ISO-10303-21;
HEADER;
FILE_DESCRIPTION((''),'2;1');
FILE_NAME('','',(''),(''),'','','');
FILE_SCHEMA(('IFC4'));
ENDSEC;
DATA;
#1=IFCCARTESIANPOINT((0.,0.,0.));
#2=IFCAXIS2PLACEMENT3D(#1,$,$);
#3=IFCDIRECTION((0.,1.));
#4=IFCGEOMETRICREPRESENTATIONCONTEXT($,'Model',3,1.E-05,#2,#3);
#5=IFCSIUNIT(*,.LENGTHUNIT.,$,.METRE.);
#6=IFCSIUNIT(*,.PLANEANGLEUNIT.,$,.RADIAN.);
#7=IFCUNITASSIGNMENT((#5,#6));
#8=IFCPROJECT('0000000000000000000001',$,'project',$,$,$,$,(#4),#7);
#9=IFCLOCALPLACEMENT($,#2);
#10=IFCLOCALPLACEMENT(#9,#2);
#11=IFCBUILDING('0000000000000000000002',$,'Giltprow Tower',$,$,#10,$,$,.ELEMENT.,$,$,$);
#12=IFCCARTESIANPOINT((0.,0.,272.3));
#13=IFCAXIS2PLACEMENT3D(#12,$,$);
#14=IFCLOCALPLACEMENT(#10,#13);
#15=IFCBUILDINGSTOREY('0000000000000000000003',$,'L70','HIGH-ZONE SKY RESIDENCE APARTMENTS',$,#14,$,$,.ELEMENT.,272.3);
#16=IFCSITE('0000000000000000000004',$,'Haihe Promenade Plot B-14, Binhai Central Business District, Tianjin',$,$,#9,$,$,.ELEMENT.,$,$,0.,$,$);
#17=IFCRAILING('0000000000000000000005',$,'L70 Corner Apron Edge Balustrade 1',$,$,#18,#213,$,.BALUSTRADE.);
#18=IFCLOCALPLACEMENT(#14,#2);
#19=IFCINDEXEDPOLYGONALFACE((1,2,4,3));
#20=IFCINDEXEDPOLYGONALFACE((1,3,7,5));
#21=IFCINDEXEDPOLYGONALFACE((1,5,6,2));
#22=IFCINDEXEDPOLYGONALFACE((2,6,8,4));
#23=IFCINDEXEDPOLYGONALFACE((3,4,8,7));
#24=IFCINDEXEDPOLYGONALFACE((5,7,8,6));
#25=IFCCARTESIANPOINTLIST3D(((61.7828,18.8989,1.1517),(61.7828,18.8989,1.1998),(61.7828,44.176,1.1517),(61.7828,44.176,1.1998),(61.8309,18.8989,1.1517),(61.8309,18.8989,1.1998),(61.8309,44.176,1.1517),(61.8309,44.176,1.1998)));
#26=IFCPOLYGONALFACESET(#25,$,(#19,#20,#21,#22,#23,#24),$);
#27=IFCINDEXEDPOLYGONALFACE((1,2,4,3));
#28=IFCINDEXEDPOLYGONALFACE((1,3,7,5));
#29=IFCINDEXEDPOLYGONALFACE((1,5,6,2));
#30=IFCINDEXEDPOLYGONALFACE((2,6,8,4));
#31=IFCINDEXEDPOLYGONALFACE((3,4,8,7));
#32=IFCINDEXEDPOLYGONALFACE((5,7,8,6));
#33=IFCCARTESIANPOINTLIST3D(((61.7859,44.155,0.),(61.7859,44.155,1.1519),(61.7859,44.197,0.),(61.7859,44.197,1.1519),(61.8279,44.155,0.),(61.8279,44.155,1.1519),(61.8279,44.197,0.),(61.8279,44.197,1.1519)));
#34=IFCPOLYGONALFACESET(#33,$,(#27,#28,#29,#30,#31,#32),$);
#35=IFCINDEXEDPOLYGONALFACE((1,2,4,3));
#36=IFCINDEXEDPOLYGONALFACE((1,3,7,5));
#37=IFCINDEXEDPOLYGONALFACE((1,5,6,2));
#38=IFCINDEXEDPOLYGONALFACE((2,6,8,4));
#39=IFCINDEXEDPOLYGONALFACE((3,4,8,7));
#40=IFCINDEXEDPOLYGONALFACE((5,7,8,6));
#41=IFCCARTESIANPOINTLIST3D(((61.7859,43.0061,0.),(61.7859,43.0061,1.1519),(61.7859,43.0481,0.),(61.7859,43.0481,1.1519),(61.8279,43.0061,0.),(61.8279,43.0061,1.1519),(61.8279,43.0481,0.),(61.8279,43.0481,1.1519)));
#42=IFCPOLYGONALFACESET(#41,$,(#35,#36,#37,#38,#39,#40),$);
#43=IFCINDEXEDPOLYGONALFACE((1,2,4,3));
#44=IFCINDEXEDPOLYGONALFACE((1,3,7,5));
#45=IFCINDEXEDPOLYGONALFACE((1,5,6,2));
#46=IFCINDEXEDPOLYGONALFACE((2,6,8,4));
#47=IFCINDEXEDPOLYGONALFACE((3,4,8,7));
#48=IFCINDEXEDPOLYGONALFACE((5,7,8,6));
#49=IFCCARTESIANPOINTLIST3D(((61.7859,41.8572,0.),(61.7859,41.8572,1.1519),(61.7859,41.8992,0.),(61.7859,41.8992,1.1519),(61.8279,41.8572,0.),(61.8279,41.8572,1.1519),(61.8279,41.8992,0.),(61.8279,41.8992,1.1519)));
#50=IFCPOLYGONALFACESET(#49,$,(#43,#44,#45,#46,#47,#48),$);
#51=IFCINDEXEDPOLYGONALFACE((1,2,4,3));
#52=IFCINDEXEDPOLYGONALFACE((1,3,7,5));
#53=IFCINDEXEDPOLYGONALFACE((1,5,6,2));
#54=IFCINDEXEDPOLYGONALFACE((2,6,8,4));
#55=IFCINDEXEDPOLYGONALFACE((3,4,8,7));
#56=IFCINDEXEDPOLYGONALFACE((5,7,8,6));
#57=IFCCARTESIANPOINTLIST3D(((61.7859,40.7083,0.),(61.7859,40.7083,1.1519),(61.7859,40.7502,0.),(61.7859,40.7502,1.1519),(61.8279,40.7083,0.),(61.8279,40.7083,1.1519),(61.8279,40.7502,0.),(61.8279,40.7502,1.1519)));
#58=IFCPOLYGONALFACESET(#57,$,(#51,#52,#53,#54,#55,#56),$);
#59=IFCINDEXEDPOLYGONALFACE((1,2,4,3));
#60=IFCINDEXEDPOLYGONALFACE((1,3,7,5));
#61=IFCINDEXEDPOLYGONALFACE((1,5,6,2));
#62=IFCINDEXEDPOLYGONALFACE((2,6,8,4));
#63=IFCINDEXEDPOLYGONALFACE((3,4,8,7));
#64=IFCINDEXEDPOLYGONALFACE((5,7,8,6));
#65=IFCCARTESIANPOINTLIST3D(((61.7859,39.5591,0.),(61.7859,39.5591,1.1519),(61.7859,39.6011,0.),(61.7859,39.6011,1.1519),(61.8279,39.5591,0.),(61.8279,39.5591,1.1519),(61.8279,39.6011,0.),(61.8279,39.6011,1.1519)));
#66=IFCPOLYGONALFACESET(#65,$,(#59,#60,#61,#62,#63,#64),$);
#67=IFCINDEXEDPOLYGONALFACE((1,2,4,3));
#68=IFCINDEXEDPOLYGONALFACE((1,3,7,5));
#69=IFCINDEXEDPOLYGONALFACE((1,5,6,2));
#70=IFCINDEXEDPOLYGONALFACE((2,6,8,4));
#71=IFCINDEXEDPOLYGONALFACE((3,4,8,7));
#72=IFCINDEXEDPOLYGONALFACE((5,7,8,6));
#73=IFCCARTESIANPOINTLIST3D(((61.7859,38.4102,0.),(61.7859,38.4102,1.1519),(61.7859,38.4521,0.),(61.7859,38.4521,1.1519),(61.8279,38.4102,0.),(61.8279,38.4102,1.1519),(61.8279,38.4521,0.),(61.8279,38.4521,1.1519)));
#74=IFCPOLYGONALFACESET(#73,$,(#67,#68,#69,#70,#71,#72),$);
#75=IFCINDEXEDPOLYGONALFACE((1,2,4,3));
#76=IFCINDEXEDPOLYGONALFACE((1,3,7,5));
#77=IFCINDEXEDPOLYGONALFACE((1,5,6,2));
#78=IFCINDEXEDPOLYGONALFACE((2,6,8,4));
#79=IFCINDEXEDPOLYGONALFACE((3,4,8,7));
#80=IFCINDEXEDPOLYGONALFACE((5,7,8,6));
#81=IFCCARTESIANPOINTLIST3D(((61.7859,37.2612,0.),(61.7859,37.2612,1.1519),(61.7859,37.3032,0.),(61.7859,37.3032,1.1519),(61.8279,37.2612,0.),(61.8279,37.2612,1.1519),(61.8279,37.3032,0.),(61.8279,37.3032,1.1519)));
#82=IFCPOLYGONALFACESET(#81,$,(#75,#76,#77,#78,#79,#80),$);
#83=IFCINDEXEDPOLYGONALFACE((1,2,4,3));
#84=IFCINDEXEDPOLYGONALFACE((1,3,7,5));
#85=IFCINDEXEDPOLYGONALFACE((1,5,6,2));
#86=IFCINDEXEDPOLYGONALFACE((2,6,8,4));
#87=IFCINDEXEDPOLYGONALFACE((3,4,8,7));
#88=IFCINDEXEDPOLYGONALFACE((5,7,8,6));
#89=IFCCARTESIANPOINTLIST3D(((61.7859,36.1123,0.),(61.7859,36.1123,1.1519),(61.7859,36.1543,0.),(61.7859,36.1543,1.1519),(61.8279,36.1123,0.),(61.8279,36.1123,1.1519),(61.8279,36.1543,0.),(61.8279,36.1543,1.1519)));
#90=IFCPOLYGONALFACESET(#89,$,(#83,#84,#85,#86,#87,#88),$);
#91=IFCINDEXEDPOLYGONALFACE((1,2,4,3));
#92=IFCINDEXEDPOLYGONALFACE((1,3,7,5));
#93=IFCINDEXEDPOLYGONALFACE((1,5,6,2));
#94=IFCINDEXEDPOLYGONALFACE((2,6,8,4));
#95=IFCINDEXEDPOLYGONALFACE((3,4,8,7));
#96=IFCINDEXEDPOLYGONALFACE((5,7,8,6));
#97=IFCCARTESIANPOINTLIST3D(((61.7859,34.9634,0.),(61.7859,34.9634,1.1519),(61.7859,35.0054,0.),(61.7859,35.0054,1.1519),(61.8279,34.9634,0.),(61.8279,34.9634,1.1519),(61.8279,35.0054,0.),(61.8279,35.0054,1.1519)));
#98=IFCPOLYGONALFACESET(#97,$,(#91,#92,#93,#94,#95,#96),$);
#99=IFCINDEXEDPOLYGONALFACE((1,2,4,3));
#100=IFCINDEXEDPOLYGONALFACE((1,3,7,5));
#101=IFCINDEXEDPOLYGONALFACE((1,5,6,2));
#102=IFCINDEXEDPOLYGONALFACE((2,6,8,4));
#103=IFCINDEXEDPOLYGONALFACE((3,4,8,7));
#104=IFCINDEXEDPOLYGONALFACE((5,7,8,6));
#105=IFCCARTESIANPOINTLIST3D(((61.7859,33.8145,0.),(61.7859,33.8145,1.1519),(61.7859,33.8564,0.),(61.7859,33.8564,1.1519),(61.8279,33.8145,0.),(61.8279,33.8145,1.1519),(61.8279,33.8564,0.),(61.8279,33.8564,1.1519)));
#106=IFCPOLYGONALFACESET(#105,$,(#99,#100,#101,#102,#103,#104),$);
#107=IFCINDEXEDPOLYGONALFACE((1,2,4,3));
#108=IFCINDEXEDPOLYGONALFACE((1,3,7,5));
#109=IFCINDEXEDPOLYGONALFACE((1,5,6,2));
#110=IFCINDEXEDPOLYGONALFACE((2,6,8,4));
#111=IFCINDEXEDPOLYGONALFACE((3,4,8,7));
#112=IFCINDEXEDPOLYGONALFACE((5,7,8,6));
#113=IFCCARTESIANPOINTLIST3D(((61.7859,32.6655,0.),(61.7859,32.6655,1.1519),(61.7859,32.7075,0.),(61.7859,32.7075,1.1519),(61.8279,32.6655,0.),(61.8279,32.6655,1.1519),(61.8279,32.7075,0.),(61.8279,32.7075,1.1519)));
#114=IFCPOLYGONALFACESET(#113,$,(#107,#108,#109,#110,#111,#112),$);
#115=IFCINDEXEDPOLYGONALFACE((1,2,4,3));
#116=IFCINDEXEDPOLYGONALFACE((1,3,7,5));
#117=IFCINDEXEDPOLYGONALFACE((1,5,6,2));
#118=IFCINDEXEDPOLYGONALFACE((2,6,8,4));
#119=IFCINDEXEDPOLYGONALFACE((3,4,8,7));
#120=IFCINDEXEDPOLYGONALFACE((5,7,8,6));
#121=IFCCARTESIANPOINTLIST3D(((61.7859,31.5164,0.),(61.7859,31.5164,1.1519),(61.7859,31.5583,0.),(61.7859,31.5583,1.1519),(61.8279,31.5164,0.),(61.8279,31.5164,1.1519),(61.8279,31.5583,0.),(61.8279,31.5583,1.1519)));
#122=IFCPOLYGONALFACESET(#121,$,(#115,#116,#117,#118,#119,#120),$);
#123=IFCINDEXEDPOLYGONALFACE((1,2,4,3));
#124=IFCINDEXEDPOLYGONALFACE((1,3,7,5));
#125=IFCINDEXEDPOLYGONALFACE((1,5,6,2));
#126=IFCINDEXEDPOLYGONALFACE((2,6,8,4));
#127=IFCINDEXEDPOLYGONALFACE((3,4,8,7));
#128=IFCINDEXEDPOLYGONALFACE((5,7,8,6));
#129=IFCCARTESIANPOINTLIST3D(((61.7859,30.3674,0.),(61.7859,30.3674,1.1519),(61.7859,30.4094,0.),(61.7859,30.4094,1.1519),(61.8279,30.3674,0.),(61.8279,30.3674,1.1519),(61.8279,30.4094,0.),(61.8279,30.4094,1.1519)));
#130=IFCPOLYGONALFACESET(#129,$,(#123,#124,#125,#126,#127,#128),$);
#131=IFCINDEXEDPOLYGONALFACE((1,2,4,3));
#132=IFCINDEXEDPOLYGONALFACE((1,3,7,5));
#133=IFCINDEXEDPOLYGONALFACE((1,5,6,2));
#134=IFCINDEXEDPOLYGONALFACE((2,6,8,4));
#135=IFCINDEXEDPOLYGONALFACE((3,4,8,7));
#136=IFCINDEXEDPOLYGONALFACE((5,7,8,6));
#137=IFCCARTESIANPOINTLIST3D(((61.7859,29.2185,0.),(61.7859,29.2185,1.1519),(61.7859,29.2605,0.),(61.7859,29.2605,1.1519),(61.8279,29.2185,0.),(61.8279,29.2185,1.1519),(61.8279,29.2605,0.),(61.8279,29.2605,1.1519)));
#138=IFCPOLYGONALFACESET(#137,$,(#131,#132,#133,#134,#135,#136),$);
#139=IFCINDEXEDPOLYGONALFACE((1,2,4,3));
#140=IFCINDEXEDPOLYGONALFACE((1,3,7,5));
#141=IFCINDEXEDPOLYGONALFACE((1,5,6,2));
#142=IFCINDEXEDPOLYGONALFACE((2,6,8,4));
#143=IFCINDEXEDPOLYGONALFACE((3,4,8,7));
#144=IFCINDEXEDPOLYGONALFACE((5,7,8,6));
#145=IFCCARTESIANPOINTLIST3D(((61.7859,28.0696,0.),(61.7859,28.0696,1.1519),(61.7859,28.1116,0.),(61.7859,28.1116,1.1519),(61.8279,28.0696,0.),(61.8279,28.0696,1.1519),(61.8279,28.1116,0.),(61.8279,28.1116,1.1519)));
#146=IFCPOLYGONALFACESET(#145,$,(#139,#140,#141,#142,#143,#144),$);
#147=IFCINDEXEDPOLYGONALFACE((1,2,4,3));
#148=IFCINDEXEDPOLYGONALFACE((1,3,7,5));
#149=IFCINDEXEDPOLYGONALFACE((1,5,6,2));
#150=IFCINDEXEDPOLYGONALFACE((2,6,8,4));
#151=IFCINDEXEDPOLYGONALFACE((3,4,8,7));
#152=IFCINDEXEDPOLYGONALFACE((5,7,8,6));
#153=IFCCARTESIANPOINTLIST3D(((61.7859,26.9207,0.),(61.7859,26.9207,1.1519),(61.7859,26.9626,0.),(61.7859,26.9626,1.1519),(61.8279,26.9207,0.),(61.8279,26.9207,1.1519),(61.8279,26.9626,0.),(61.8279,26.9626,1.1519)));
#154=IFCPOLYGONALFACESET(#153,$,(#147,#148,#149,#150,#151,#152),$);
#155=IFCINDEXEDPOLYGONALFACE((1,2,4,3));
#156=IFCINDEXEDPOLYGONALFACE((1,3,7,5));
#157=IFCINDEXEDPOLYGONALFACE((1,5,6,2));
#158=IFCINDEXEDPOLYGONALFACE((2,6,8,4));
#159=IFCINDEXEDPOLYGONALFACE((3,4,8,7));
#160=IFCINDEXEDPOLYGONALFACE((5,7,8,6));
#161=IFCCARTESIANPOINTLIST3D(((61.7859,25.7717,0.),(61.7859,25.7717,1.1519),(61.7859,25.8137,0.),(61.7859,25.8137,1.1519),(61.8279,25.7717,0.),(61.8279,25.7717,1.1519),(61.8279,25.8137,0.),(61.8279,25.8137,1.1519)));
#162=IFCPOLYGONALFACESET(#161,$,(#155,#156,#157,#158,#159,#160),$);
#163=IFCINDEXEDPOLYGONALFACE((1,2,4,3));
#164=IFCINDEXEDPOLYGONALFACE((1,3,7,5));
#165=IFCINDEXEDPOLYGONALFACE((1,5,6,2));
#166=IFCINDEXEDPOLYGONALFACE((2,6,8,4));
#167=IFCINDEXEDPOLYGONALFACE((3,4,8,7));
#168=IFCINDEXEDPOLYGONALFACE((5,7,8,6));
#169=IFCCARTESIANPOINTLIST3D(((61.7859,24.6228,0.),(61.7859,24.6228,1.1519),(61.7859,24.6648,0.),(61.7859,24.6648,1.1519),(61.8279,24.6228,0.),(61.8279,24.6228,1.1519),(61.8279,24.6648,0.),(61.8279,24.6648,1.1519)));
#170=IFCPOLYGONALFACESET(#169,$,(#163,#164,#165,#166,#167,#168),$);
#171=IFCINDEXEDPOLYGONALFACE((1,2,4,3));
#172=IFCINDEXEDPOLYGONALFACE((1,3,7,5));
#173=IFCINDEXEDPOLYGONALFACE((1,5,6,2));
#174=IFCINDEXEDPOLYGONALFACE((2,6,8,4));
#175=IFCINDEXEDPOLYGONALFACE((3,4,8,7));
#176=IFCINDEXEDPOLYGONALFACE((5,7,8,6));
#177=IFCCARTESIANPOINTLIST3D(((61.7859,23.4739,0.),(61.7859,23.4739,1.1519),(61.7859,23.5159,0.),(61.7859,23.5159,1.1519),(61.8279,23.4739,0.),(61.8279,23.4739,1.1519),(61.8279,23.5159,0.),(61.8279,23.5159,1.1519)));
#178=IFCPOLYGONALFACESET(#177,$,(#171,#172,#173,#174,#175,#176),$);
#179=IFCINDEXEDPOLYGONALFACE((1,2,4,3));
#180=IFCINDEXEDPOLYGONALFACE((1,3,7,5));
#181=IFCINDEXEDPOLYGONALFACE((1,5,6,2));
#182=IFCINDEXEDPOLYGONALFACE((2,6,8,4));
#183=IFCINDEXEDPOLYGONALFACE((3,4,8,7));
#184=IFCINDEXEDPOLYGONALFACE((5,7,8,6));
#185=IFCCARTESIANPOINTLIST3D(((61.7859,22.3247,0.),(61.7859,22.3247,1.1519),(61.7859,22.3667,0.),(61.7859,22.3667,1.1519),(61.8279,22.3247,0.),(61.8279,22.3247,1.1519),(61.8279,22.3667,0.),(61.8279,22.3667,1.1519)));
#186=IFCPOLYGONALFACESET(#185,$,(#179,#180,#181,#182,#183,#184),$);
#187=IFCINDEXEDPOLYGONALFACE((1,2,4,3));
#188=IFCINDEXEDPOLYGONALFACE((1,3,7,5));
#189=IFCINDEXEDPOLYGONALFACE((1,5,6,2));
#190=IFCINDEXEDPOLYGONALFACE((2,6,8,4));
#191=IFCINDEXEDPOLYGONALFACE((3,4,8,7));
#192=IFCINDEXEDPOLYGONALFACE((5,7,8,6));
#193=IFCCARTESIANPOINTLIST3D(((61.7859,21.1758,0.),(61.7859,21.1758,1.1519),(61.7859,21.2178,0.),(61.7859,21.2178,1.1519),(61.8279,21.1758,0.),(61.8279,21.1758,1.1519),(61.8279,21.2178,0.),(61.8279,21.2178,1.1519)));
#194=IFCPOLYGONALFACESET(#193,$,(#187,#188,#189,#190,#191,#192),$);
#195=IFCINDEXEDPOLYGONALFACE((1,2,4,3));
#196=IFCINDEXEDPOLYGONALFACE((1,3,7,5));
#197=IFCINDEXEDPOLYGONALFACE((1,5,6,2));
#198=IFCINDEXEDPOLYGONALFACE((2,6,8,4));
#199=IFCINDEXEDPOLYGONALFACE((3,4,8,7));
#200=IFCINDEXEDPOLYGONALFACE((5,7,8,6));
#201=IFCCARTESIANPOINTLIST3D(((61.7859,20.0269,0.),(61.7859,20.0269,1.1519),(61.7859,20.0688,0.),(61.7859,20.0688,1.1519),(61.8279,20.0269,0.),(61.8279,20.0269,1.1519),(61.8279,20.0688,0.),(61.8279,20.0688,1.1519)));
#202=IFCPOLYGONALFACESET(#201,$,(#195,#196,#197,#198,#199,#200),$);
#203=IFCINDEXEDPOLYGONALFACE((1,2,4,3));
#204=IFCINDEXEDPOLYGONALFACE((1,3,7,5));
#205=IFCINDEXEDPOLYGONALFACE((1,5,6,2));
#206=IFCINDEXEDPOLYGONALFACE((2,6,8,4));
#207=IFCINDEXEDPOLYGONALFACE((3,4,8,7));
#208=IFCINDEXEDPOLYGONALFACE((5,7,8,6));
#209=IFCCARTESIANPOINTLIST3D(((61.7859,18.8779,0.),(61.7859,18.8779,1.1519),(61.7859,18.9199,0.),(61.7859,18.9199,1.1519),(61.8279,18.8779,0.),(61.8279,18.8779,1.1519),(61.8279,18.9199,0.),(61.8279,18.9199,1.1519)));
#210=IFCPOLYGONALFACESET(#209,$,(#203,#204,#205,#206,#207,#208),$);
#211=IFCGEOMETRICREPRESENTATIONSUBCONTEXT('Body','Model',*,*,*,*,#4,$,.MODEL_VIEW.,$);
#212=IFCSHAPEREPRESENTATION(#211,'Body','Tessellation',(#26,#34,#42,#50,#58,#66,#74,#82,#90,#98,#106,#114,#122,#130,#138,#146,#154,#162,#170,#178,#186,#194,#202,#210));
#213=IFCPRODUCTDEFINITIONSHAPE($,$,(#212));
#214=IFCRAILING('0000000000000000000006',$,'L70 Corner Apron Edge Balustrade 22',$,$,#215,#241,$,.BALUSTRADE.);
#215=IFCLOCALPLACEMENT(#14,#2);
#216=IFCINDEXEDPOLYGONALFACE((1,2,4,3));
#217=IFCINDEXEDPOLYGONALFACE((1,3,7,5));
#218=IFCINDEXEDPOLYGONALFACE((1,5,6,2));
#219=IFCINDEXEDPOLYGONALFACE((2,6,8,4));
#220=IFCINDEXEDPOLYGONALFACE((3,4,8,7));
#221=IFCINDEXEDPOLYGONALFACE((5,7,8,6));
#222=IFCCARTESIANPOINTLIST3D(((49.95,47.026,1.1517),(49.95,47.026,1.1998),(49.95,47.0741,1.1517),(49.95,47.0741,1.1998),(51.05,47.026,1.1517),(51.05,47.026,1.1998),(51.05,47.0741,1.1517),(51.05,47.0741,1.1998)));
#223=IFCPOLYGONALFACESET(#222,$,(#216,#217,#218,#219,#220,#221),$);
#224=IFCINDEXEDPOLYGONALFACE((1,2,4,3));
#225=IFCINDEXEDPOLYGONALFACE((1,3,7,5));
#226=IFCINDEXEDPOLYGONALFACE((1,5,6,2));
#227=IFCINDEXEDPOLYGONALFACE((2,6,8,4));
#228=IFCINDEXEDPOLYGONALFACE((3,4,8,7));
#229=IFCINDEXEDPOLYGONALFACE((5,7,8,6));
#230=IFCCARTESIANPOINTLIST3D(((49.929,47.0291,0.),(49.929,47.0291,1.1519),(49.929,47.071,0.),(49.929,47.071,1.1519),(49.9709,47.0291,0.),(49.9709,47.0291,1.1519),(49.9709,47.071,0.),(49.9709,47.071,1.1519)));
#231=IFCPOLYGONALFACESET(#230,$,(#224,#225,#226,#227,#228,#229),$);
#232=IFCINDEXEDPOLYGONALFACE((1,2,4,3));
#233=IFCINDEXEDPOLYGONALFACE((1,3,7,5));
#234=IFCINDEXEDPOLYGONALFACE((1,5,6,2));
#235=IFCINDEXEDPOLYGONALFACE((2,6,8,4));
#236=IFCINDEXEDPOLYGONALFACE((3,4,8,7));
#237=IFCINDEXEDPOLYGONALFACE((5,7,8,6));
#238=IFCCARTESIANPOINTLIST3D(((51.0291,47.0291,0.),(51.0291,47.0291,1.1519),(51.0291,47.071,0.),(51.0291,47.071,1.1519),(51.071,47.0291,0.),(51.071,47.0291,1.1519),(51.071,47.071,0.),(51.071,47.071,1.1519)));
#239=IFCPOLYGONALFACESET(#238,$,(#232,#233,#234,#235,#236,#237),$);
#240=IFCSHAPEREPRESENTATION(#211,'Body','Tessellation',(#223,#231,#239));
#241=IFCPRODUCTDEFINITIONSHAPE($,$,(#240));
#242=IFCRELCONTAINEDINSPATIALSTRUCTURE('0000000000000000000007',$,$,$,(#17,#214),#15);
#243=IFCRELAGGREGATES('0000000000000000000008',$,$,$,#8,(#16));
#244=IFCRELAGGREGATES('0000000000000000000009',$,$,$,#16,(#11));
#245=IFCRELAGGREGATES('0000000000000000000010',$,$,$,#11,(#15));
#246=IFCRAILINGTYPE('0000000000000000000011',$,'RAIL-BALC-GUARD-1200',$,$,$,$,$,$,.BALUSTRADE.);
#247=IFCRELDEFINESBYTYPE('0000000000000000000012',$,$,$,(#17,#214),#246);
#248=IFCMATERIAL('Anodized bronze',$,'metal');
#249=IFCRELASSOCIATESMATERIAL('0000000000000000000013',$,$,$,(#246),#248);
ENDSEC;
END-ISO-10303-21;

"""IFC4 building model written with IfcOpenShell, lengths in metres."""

from ifc_helpers import new_model, si_unit, direction, frame, origin, origin_2d, place, context, subcontext, project, spatial, rectangle, extrude, material, type_object, element, save


model = new_model("IFC4")

# Units and contexts
model_context = context("Model", 3, precision=1e-05, world=origin(), true_north=direction((0.0, 1.0)))
body_context = subcontext(model_context, "Body", "Model", "MODEL_VIEW")
ifc_project = project(units=[si_unit("LENGTHUNIT", "METRE"), si_unit("PLANEANGLEUNIT", "RADIAN")], contexts=[model_context])

# Site, building, storey
site_placement = place(None, origin())
site = spatial("IfcSite", under=ifc_project, at=site_placement, Name="Haihe Promenade Plot B-14, Binhai Central Business District, Tianjin", CompositionType="ELEMENT", RefElevation=0.0)
building_placement = place(site_placement, origin())
building = spatial("IfcBuilding", under=site, at=building_placement, Name="Giltprow Tower", CompositionType="ELEMENT")
storey_placement = place(building_placement, frame((0.0, 0.0, 272.3)))
storey = spatial("IfcBuildingStorey", under=building, at=storey_placement, Name="L70", Description="HIGH-ZONE SKY RESIDENCE APARTMENTS", CompositionType="ELEMENT", Elevation=272.3)

# Railings
ifc_material_1 = material(Name="Anodized bronze", Category="metal")
railing_type_1 = type_object("IfcRailingType", Name="RAIL-BALC-GUARD-1200", PredefinedType="BALUSTRADE", material=ifc_material_1)
railing_1_placement = place(storey_placement, frame((61.8069, 44.176, 0.0)))
element("IfcRailing", 1, at=railing_1_placement, inside=storey, type_object=railing_type_1, Name="L70 Corner Apron Edge Balustrade 1", PredefinedType="BALUSTRADE", context=body_context, shape_type="SweptSolid", body=[
    extrude(rectangle(XDim=0.0481, YDim=0.0481, at=origin_2d()), frame((0.0, 0.0, 1.1758), z_axis=(0.0, -1.0, 0.0), x_axis=(1.0, 0.0, 0.0)), (0.0, 0.0, 1.0), 25.2771),
    extrude(rectangle(XDim=0.042, YDim=0.042, at=origin_2d()), origin(), (0.0, 0.0, 1.0), 1.1519),
    extrude(rectangle(XDim=0.042, YDim=0.042, at=origin_2d()), frame((0.0, -1.1489, 0.0)), (0.0, 0.0, 1.0), 1.1519),
    extrude(rectangle(XDim=0.042, YDim=0.042, at=origin_2d()), frame((0.0, -2.2979, 0.0)), (0.0, 0.0, 1.0), 1.1519),
    extrude(rectangle(XDim=0.042, YDim=0.042, at=origin_2d()), frame((0.0, -3.4468, 0.0)), (0.0, 0.0, 1.0), 1.1519),
    extrude(rectangle(XDim=0.042, YDim=0.042, at=origin_2d()), frame((0.0, -4.5959, 0.0)), (0.0, 0.0, 1.0), 1.1519),
    extrude(rectangle(XDim=0.042, YDim=0.042, at=origin_2d()), frame((0.0, -5.7449, 0.0)), (0.0, 0.0, 1.0), 1.1519),
    extrude(rectangle(XDim=0.042, YDim=0.042, at=origin_2d()), frame((0.0, -6.8938, 0.0)), (0.0, 0.0, 1.0), 1.1519),
    extrude(rectangle(XDim=0.042, YDim=0.042, at=origin_2d()), frame((0.0, -8.0427, 0.0)), (0.0, 0.0, 1.0), 1.1519),
    extrude(rectangle(XDim=0.042, YDim=0.042, at=origin_2d()), frame((0.0, -9.1917, 0.0)), (0.0, 0.0, 1.0), 1.1519),
    extrude(rectangle(XDim=0.042, YDim=0.042, at=origin_2d()), frame((0.0, -10.3406, 0.0)), (0.0, 0.0, 1.0), 1.1519),
    extrude(rectangle(XDim=0.042, YDim=0.042, at=origin_2d()), frame((0.0, -11.4895, 0.0)), (0.0, 0.0, 1.0), 1.1519),
    extrude(rectangle(XDim=0.042, YDim=0.042, at=origin_2d()), frame((0.0, -12.6387, 0.0)), (0.0, 0.0, 1.0), 1.1519),
    extrude(rectangle(XDim=0.042, YDim=0.042, at=origin_2d()), frame((0.0, -13.7876, 0.0)), (0.0, 0.0, 1.0), 1.1519),
    extrude(rectangle(XDim=0.042, YDim=0.042, at=origin_2d()), frame((0.0, -14.9365, 0.0)), (0.0, 0.0, 1.0), 1.1519),
    extrude(rectangle(XDim=0.042, YDim=0.042, at=origin_2d()), frame((0.0, -16.0854, 0.0)), (0.0, 0.0, 1.0), 1.1519),
    extrude(rectangle(XDim=0.042, YDim=0.042, at=origin_2d()), frame((0.0, -17.2344, 0.0)), (0.0, 0.0, 1.0), 1.1519),
    extrude(rectangle(XDim=0.042, YDim=0.042, at=origin_2d()), frame((0.0, -18.3833, 0.0)), (0.0, 0.0, 1.0), 1.1519),
    extrude(rectangle(XDim=0.042, YDim=0.042, at=origin_2d()), frame((0.0, -19.5322, 0.0)), (0.0, 0.0, 1.0), 1.1519),
    extrude(rectangle(XDim=0.042, YDim=0.042, at=origin_2d()), frame((0.0, -20.6812, 0.0)), (0.0, 0.0, 1.0), 1.1519),
    extrude(rectangle(XDim=0.042, YDim=0.042, at=origin_2d()), frame((0.0, -21.8303, 0.0)), (0.0, 0.0, 1.0), 1.1519),
    extrude(rectangle(XDim=0.042, YDim=0.042, at=origin_2d()), frame((0.0, -22.9792, 0.0)), (0.0, 0.0, 1.0), 1.1519),
    extrude(rectangle(XDim=0.042, YDim=0.042, at=origin_2d()), frame((0.0, -24.1282, 0.0)), (0.0, 0.0, 1.0), 1.1519),
    extrude(rectangle(XDim=0.042, YDim=0.042, at=origin_2d()), frame((0.0, -25.2771, 0.0)), (0.0, 0.0, 1.0), 1.1519),
])
railing_2_placement = place(storey_placement, frame((49.95, 47.05, 0.0)))
element("IfcRailing", 2, at=railing_2_placement, inside=storey, type_object=railing_type_1, Name="L70 Corner Apron Edge Balustrade 22", PredefinedType="BALUSTRADE", context=body_context, shape_type="SweptSolid", body=[
    extrude(rectangle(XDim=0.0481, YDim=0.0481, at=origin_2d()), frame((0.0, 0.0, 1.1758), z_axis=(1.0, 0.0, 0.0), x_axis=(0.0, 1.0, 0.0)), (0.0, 0.0, 1.0), 1.1001),
    extrude(rectangle(XDim=0.042, YDim=0.042, at=origin_2d()), origin(), (0.0, 0.0, 1.0), 1.1519),
    extrude(rectangle(XDim=0.042, YDim=0.042, at=origin_2d()), frame((1.1001, 0.0, 0.0)), (0.0, 0.0, 1.0), 1.1519),
])

save(model, "model.ifc")
